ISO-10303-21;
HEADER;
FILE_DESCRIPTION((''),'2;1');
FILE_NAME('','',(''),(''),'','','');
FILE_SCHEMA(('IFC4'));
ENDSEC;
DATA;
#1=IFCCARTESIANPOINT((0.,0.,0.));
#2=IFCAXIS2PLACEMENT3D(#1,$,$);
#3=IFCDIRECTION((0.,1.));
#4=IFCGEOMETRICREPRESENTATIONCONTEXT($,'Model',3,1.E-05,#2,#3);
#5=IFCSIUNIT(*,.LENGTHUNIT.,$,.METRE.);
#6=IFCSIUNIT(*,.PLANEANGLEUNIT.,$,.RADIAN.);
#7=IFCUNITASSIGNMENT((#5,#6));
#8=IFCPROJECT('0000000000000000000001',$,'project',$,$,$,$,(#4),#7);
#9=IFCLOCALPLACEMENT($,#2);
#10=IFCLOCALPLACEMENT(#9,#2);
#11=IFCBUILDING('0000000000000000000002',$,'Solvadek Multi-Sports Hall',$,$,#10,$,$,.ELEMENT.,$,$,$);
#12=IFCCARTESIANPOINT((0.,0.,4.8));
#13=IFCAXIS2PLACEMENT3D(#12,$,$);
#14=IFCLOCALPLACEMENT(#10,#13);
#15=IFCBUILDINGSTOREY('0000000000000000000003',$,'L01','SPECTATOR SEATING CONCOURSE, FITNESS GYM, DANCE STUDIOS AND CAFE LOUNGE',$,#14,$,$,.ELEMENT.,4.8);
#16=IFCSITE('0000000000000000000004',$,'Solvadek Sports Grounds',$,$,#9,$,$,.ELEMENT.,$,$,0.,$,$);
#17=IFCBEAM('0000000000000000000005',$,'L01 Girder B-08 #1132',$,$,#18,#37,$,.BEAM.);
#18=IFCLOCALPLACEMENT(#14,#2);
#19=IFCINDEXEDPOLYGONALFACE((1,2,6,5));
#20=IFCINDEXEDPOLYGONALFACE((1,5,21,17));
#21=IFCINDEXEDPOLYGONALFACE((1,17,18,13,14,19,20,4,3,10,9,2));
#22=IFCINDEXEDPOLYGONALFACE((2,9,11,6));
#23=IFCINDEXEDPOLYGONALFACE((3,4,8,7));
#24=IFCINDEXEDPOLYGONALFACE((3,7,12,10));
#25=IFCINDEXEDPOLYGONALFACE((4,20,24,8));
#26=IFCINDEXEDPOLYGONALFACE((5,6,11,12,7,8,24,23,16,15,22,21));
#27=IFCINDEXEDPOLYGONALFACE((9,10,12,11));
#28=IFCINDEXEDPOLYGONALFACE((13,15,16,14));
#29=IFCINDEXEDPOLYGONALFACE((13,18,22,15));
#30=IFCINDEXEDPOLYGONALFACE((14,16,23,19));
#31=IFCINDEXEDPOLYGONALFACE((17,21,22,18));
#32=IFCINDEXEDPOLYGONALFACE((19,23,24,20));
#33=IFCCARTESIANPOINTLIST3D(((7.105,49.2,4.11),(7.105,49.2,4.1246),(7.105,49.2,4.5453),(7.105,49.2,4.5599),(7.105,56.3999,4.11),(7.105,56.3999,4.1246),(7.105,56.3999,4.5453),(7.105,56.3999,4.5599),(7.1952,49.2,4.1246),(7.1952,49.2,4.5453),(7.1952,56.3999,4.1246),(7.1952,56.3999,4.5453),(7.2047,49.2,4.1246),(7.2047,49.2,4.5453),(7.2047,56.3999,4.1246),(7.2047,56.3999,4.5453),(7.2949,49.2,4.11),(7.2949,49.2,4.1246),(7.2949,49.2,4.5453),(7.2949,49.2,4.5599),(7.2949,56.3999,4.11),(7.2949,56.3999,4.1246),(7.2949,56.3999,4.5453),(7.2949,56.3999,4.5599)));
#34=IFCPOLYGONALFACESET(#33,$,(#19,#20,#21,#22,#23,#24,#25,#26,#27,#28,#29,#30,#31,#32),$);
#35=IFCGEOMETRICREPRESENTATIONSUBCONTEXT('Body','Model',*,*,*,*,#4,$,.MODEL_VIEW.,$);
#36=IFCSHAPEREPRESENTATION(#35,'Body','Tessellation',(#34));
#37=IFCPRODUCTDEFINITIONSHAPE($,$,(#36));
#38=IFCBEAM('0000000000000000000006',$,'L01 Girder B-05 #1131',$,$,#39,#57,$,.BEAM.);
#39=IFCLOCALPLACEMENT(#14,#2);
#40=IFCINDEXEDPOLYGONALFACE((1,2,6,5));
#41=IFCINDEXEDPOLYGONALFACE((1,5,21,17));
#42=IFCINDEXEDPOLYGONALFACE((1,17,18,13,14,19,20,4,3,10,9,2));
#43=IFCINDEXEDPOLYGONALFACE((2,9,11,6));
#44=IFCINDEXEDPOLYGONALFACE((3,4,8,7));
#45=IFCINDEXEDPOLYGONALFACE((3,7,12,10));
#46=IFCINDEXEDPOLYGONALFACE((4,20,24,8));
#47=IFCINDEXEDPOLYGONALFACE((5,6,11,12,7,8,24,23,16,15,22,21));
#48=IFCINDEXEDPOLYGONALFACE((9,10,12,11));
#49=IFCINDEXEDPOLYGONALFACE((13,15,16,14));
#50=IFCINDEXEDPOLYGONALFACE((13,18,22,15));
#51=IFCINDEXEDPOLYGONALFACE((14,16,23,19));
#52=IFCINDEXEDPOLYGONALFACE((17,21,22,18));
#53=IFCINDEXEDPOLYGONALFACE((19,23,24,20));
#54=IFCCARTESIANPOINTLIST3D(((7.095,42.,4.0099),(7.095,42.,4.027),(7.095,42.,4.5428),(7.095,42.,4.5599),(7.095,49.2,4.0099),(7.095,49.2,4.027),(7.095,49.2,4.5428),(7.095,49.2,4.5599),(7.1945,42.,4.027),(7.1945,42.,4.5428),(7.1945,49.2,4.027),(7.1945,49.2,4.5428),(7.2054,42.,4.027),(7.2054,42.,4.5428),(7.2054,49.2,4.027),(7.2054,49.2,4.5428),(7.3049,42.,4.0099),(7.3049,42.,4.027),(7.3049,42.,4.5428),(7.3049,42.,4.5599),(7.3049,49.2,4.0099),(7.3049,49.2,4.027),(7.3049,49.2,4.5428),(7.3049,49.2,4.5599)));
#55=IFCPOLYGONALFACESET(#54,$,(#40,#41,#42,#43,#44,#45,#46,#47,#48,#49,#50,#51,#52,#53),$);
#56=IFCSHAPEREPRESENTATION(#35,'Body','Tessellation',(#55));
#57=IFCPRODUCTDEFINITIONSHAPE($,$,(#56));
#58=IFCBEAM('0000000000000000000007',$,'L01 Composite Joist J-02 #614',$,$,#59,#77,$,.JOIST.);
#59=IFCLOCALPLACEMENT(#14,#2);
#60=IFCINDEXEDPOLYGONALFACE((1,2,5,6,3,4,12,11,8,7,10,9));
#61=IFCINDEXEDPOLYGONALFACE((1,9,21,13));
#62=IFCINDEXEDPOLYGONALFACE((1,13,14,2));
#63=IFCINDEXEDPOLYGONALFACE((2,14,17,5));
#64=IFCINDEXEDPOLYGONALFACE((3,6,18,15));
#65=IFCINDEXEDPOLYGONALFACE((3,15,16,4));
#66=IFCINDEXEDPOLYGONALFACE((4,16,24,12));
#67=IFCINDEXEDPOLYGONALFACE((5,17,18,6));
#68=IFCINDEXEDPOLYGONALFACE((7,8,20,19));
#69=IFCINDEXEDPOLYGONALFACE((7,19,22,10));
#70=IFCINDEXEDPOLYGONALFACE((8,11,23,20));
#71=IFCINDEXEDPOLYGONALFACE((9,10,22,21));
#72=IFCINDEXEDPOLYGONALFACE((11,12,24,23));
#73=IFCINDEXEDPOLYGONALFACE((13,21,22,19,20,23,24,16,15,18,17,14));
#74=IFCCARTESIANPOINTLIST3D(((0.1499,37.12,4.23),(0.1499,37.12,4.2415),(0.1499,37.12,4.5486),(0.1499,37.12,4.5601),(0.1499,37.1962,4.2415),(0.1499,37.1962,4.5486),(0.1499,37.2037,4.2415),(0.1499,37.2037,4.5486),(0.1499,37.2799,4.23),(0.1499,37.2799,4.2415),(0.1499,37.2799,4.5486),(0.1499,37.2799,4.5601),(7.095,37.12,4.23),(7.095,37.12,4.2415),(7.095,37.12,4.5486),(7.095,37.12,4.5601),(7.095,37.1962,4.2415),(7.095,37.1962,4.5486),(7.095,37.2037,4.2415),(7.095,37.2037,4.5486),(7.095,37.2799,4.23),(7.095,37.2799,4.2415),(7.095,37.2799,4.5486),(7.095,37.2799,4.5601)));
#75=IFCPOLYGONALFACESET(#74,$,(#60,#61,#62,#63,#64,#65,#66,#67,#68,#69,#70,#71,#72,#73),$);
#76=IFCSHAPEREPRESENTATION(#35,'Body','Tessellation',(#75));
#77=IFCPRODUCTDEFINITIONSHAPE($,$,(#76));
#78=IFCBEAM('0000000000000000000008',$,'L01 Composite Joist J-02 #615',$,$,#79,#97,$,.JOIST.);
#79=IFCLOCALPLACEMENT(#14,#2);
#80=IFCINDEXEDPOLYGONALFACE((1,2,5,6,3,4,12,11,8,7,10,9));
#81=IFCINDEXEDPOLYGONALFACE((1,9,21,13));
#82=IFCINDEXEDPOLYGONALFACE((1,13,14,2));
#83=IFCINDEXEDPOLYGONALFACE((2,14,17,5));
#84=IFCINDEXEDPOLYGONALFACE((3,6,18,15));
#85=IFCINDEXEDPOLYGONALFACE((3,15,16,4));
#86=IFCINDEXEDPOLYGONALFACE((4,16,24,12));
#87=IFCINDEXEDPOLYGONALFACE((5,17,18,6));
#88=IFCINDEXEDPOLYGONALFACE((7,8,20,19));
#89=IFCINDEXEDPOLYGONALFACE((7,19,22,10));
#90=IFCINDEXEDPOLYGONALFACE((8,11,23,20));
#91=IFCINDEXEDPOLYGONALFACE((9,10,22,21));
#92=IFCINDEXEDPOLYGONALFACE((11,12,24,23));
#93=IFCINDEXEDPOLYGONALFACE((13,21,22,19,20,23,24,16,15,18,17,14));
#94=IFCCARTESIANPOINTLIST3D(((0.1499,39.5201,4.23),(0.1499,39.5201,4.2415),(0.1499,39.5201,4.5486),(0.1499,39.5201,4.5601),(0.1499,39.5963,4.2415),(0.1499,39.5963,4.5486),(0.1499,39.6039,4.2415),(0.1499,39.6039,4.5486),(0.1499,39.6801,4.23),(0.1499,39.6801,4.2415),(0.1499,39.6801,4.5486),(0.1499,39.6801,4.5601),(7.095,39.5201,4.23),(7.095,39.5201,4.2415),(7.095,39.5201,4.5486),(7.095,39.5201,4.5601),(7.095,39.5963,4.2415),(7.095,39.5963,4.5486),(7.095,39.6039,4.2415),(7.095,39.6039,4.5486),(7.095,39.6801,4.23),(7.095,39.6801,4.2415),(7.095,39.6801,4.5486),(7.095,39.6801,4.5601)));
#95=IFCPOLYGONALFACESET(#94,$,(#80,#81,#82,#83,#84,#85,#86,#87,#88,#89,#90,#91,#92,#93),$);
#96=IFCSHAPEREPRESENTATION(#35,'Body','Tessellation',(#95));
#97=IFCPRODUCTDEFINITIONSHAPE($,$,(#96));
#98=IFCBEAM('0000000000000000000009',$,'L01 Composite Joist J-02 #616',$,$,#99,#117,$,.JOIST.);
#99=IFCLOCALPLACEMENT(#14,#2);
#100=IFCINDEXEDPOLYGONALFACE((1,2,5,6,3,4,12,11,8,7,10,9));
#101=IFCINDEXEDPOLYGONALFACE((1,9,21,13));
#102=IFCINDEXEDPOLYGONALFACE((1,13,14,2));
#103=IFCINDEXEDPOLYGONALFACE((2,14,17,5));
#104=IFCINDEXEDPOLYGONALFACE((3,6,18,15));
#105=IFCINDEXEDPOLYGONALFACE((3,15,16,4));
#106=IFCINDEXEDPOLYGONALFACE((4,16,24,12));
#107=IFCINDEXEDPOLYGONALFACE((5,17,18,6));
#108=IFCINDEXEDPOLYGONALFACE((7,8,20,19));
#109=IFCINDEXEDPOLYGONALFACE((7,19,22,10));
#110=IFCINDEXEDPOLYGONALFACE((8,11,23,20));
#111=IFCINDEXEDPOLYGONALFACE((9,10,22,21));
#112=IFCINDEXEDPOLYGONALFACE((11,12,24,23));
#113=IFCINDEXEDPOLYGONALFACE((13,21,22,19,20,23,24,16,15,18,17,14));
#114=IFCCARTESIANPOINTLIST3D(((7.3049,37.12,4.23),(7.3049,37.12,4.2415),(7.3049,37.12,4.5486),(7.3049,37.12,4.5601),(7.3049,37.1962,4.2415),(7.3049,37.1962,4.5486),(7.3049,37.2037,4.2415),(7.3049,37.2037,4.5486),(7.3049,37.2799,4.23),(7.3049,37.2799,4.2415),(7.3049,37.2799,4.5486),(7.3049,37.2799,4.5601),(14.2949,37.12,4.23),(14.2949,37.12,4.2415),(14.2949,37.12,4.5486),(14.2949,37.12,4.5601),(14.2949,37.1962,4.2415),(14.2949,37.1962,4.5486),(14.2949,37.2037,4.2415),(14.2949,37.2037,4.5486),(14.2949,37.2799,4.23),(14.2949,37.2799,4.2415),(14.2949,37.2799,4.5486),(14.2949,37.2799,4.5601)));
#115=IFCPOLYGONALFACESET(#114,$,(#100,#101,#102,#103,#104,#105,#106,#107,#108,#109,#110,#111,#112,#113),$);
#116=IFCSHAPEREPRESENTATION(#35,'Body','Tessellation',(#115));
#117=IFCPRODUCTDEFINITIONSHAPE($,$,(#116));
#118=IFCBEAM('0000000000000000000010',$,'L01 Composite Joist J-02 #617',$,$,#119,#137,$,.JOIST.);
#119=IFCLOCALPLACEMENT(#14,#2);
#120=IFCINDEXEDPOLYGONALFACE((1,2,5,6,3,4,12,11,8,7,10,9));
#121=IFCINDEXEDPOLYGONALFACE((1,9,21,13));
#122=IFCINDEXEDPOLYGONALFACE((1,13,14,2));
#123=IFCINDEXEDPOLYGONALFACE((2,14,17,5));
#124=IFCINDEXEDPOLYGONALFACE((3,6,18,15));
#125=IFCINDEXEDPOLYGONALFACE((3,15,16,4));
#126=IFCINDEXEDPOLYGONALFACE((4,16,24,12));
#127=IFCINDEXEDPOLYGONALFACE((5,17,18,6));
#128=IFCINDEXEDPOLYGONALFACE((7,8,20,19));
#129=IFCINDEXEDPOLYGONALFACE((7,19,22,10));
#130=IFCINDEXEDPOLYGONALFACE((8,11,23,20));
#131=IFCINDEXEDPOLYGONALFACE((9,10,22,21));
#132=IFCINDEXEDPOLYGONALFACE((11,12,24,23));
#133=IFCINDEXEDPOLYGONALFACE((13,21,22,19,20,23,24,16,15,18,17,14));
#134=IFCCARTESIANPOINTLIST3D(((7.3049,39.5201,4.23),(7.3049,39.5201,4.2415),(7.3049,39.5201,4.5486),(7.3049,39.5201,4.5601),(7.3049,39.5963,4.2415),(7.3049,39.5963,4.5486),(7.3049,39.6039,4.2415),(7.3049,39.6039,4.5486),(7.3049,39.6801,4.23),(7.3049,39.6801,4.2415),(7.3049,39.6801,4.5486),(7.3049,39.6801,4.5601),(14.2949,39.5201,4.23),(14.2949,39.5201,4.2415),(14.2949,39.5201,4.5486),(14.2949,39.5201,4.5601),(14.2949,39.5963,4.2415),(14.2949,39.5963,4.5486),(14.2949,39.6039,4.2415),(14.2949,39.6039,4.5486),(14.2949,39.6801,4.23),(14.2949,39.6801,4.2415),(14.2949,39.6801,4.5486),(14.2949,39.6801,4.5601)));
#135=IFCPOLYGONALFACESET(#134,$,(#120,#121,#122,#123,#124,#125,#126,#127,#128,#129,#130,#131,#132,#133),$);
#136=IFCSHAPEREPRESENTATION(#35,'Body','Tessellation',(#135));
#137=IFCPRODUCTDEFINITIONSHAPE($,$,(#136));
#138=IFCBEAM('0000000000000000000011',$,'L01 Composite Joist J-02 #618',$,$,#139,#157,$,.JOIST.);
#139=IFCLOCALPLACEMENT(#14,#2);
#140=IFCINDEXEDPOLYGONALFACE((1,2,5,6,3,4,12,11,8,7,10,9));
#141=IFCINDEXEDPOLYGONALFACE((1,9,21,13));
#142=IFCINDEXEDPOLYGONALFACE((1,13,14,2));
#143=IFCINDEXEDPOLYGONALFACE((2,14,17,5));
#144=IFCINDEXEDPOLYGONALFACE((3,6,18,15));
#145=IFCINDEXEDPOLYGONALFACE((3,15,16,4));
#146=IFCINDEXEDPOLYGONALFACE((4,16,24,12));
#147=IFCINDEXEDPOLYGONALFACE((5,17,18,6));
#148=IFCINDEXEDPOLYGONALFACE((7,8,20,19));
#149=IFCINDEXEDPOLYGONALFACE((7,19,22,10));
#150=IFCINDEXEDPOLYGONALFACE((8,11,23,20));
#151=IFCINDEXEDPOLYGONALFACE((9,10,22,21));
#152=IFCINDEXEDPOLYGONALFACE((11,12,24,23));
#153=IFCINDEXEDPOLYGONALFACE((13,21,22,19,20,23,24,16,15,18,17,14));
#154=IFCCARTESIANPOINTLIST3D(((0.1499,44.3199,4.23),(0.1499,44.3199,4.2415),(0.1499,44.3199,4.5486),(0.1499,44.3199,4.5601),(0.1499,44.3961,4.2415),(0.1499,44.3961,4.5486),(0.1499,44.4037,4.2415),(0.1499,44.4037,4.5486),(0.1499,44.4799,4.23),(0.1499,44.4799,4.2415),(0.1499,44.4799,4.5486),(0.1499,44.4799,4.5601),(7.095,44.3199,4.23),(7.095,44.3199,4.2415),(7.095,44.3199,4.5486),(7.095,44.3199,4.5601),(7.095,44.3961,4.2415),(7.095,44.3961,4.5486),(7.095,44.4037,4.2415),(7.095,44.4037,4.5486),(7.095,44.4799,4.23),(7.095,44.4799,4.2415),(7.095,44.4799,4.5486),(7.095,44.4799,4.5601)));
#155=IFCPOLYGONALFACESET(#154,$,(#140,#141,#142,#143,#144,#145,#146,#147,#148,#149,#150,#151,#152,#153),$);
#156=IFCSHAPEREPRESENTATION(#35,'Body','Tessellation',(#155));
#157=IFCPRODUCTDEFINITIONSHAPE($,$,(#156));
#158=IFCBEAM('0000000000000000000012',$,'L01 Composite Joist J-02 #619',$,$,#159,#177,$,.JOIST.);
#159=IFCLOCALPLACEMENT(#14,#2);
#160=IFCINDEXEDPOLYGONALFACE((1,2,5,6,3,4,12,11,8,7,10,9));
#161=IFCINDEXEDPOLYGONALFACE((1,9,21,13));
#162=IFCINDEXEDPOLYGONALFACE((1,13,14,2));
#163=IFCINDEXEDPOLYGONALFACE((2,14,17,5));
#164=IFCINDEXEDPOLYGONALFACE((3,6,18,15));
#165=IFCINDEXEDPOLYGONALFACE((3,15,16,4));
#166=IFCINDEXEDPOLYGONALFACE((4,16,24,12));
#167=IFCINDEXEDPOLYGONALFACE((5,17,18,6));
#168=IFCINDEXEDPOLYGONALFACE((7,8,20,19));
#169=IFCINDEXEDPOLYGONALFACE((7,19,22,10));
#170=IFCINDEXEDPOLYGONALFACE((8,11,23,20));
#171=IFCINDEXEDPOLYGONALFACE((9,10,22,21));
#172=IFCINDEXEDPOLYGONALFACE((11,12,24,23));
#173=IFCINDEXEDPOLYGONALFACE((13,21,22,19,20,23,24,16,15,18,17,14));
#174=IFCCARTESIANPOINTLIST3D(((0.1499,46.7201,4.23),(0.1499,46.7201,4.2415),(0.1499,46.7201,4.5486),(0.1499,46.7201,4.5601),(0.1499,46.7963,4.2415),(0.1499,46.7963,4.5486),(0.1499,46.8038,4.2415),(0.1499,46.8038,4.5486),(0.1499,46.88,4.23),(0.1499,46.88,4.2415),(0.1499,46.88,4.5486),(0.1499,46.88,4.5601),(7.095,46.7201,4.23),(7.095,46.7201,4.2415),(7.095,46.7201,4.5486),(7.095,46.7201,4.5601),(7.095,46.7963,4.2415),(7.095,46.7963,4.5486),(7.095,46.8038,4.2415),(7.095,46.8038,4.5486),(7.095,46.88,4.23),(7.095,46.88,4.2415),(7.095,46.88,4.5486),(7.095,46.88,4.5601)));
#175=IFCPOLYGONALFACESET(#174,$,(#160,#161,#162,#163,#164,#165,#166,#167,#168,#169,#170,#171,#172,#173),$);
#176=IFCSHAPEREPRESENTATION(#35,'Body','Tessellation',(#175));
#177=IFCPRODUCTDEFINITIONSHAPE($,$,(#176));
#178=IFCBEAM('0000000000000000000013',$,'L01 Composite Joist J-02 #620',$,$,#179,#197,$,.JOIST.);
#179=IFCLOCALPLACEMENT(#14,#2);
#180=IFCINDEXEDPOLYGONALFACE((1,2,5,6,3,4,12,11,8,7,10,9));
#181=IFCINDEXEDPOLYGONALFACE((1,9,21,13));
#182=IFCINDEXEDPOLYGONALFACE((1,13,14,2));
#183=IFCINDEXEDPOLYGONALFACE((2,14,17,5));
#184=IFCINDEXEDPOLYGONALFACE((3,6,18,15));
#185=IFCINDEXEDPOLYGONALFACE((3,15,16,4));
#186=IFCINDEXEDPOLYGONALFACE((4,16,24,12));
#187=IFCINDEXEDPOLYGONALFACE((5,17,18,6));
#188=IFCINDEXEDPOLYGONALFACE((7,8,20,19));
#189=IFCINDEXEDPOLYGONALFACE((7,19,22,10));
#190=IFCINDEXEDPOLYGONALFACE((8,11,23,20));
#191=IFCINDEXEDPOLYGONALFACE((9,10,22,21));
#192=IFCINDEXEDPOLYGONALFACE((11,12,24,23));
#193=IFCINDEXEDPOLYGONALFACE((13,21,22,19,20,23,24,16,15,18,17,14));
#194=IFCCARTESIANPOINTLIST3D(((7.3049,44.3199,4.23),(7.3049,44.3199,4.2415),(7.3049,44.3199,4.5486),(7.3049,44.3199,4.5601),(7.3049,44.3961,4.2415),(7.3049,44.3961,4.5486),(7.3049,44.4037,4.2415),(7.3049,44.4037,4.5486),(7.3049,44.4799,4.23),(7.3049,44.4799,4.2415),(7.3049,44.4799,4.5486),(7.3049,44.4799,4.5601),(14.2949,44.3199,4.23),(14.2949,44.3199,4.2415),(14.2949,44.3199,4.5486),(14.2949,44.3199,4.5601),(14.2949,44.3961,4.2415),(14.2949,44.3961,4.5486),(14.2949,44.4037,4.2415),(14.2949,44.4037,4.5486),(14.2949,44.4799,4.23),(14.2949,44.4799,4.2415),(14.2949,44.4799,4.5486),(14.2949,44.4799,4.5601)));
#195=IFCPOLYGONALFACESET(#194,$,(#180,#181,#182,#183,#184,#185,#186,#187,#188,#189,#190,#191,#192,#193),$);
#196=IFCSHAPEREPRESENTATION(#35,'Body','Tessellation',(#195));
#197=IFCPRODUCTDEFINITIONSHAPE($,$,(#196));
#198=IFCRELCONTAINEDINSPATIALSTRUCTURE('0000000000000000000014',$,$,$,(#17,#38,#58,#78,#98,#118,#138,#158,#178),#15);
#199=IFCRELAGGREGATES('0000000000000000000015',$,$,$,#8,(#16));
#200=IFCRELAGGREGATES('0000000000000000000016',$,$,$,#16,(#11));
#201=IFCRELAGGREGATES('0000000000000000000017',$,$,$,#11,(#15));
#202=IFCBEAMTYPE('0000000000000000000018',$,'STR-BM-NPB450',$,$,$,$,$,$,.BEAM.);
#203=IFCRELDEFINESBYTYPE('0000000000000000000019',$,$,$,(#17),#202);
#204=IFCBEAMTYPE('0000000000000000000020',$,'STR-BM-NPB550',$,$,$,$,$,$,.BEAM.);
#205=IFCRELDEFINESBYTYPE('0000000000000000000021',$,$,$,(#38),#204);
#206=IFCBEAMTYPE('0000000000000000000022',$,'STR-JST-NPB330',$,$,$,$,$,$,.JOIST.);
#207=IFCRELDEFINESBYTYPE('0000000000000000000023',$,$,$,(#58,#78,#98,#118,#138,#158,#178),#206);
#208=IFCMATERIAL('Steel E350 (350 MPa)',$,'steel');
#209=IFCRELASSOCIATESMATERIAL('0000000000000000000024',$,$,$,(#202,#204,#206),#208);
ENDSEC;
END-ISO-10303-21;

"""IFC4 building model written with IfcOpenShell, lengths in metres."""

from ifc_helpers import new_model, si_unit, direction, frame, origin, origin_2d, place, context, subcontext, project, spatial, i_section, extrude, material, material_profile, profile_set, type_object, element, save


model = new_model("IFC4")

# Units and contexts
model_context = context("Model", 3, precision=1e-05, world=origin(), true_north=direction((0.0, 1.0)))
body_context = subcontext(model_context, "Body", "Model", "MODEL_VIEW")
ifc_project = project(units=[si_unit("LENGTHUNIT", "METRE"), si_unit("PLANEANGLEUNIT", "RADIAN")], contexts=[model_context])

# Site, building, storey
site_placement = place(None, origin())
site = spatial("IfcSite", under=ifc_project, at=site_placement, Name="Solvadek Sports Grounds", CompositionType="ELEMENT", RefElevation=0.0)
building_placement = place(site_placement, origin())
building = spatial("IfcBuilding", under=site, at=building_placement, Name="Solvadek Multi-Sports Hall", CompositionType="ELEMENT")
storey_placement = place(building_placement, frame((0.0, 0.0, 4.8)))
storey = spatial("IfcBuildingStorey", under=building, at=storey_placement, Name="L01", Description="SPECTATOR SEATING CONCOURSE, FITNESS GYM, DANCE STUDIOS AND CAFE LOUNGE", CompositionType="ELEMENT", Elevation=4.8)

# Shared definitions
ifc_material_1 = material(Name="Steel E350 (350 MPa)", Category="steel")

# Beams
ifc_material_profile_1 = material_profile(ifc_material_1, i_section(OverallWidth=0.1899, OverallDepth=0.45, WebThickness=0.0095, FlangeThickness=0.0146, at=origin_2d()), Name="NPB 450")
ifc_profile_set_1 = profile_set([ifc_material_profile_1], Name="Steel E350 (350 MPa)")
beam_type_1 = type_object("IfcBeamType", Name="STR-BM-NPB450", PredefinedType="BEAM", material=ifc_profile_set_1)
beam_1_placement = place(storey_placement, frame((7.2, 49.2, 4.335), z_axis=(0.0, 1.0, 0.0), x_axis=(-1.0, 0.0, 0.0)))
element("IfcBeam", 1, at=beam_1_placement, inside=storey, type_object=beam_type_1, Name="L01 Girder B-08 #1132", PredefinedType="BEAM", context=body_context, shape_type="SweptSolid", body=[
    extrude(i_section(OverallWidth=0.1899, OverallDepth=0.45, WebThickness=0.0095, FlangeThickness=0.0146, at=origin_2d()), origin(), (0.0, 0.0, 1.0), 7.2),
])
ifc_material_profile_2 = material_profile(ifc_material_1, i_section(OverallWidth=0.21, OverallDepth=0.55, WebThickness=0.011, FlangeThickness=0.0171, at=origin_2d()), Name="NPB 550")
ifc_profile_set_2 = profile_set([ifc_material_profile_2], Name="Steel E350 (350 MPa)")
beam_type_2 = type_object("IfcBeamType", Name="STR-BM-NPB550", PredefinedType="BEAM", material=ifc_profile_set_2)
beam_2_placement = place(storey_placement, frame((7.2, 42.0, 4.2849), z_axis=(0.0, 1.0, 0.0), x_axis=(-1.0, 0.0, 0.0)))
element("IfcBeam", 2, at=beam_2_placement, inside=storey, type_object=beam_type_2, Name="L01 Girder B-05 #1131", PredefinedType="BEAM", context=body_context, shape_type="SweptSolid", body=[
    extrude(i_section(OverallWidth=0.21, OverallDepth=0.55, WebThickness=0.011, FlangeThickness=0.0171, at=origin_2d()), origin(), (0.0, 0.0, 1.0), 7.2),
])
ifc_material_profile_3 = material_profile(ifc_material_1, i_section(OverallWidth=0.1599, OverallDepth=0.3301, WebThickness=0.0076, FlangeThickness=0.0115, at=origin_2d()), Name="NPB 330")
ifc_profile_set_3 = profile_set([ifc_material_profile_3], Name="Steel E350 (350 MPa)")
beam_type_3 = type_object("IfcBeamType", Name="STR-JST-NPB330", PredefinedType="JOIST", material=ifc_profile_set_3)
for number, where, z_axis, x_axis, name in (
    (3, (0.1499, 37.2, 4.395), (1.0, 0.0, 0.0), (0.0, 1.0, 0.0), "L01 Composite Joist J-02 #614"),
    (4, (0.1499, 39.6001, 4.395), (1.0, 0.0, 0.0), (0.0, 1.0, 0.0), "L01 Composite Joist J-02 #615"),
):
    element("IfcBeam", number, at=place(storey_placement, frame(where, z_axis=z_axis, x_axis=x_axis)), inside=storey, type_object=beam_type_3, Name=name, PredefinedType="JOIST", context=body_context, shape_type="SweptSolid", body=[
        extrude(i_section(OverallWidth=0.1599, OverallDepth=0.3301, WebThickness=0.0076, FlangeThickness=0.0115, at=origin_2d()), origin(), (0.0, 0.0, 1.0), 6.9451),
    ])
for number, where, z_axis, x_axis, name in (
    (5, (7.3049, 37.2, 4.395), (1.0, 0.0, 0.0), (0.0, 1.0, 0.0), "L01 Composite Joist J-02 #616"),
    (6, (7.3049, 39.6001, 4.395), (1.0, 0.0, 0.0), (0.0, 1.0, 0.0), "L01 Composite Joist J-02 #617"),
):
    element("IfcBeam", number, at=place(storey_placement, frame(where, z_axis=z_axis, x_axis=x_axis)), inside=storey, type_object=beam_type_3, Name=name, PredefinedType="JOIST", context=body_context, shape_type="SweptSolid", body=[
        extrude(i_section(OverallWidth=0.1599, OverallDepth=0.3301, WebThickness=0.0076, FlangeThickness=0.0115, at=origin_2d()), origin(), (0.0, 0.0, 1.0), 6.99),
    ])
for number, where, z_axis, x_axis, name in (
    (7, (0.1499, 44.3999, 4.395), (1.0, 0.0, 0.0), (0.0, 1.0, 0.0), "L01 Composite Joist J-02 #618"),
    (8, (0.1499, 46.8, 4.395), (1.0, 0.0, 0.0), (0.0, 1.0, 0.0), "L01 Composite Joist J-02 #619"),
):
    element("IfcBeam", number, at=place(storey_placement, frame(where, z_axis=z_axis, x_axis=x_axis)), inside=storey, type_object=beam_type_3, Name=name, PredefinedType="JOIST", context=body_context, shape_type="SweptSolid", body=[
        extrude(i_section(OverallWidth=0.1599, OverallDepth=0.3301, WebThickness=0.0076, FlangeThickness=0.0115, at=origin_2d()), origin(), (0.0, 0.0, 1.0), 6.9451),
    ])
for number, where, z_axis, x_axis, name in (
    (9, (7.3049, 44.3999, 4.395), (1.0, 0.0, 0.0), (0.0, 1.0, 0.0), "L01 Composite Joist J-02 #620"),
):
    element("IfcBeam", number, at=place(storey_placement, frame(where, z_axis=z_axis, x_axis=x_axis)), inside=storey, type_object=beam_type_3, Name=name, PredefinedType="JOIST", context=body_context, shape_type="SweptSolid", body=[
        extrude(i_section(OverallWidth=0.1599, OverallDepth=0.3301, WebThickness=0.0076, FlangeThickness=0.0115, at=origin_2d()), origin(), (0.0, 0.0, 1.0), 6.99),
    ])

save(model, "model.ifc")
